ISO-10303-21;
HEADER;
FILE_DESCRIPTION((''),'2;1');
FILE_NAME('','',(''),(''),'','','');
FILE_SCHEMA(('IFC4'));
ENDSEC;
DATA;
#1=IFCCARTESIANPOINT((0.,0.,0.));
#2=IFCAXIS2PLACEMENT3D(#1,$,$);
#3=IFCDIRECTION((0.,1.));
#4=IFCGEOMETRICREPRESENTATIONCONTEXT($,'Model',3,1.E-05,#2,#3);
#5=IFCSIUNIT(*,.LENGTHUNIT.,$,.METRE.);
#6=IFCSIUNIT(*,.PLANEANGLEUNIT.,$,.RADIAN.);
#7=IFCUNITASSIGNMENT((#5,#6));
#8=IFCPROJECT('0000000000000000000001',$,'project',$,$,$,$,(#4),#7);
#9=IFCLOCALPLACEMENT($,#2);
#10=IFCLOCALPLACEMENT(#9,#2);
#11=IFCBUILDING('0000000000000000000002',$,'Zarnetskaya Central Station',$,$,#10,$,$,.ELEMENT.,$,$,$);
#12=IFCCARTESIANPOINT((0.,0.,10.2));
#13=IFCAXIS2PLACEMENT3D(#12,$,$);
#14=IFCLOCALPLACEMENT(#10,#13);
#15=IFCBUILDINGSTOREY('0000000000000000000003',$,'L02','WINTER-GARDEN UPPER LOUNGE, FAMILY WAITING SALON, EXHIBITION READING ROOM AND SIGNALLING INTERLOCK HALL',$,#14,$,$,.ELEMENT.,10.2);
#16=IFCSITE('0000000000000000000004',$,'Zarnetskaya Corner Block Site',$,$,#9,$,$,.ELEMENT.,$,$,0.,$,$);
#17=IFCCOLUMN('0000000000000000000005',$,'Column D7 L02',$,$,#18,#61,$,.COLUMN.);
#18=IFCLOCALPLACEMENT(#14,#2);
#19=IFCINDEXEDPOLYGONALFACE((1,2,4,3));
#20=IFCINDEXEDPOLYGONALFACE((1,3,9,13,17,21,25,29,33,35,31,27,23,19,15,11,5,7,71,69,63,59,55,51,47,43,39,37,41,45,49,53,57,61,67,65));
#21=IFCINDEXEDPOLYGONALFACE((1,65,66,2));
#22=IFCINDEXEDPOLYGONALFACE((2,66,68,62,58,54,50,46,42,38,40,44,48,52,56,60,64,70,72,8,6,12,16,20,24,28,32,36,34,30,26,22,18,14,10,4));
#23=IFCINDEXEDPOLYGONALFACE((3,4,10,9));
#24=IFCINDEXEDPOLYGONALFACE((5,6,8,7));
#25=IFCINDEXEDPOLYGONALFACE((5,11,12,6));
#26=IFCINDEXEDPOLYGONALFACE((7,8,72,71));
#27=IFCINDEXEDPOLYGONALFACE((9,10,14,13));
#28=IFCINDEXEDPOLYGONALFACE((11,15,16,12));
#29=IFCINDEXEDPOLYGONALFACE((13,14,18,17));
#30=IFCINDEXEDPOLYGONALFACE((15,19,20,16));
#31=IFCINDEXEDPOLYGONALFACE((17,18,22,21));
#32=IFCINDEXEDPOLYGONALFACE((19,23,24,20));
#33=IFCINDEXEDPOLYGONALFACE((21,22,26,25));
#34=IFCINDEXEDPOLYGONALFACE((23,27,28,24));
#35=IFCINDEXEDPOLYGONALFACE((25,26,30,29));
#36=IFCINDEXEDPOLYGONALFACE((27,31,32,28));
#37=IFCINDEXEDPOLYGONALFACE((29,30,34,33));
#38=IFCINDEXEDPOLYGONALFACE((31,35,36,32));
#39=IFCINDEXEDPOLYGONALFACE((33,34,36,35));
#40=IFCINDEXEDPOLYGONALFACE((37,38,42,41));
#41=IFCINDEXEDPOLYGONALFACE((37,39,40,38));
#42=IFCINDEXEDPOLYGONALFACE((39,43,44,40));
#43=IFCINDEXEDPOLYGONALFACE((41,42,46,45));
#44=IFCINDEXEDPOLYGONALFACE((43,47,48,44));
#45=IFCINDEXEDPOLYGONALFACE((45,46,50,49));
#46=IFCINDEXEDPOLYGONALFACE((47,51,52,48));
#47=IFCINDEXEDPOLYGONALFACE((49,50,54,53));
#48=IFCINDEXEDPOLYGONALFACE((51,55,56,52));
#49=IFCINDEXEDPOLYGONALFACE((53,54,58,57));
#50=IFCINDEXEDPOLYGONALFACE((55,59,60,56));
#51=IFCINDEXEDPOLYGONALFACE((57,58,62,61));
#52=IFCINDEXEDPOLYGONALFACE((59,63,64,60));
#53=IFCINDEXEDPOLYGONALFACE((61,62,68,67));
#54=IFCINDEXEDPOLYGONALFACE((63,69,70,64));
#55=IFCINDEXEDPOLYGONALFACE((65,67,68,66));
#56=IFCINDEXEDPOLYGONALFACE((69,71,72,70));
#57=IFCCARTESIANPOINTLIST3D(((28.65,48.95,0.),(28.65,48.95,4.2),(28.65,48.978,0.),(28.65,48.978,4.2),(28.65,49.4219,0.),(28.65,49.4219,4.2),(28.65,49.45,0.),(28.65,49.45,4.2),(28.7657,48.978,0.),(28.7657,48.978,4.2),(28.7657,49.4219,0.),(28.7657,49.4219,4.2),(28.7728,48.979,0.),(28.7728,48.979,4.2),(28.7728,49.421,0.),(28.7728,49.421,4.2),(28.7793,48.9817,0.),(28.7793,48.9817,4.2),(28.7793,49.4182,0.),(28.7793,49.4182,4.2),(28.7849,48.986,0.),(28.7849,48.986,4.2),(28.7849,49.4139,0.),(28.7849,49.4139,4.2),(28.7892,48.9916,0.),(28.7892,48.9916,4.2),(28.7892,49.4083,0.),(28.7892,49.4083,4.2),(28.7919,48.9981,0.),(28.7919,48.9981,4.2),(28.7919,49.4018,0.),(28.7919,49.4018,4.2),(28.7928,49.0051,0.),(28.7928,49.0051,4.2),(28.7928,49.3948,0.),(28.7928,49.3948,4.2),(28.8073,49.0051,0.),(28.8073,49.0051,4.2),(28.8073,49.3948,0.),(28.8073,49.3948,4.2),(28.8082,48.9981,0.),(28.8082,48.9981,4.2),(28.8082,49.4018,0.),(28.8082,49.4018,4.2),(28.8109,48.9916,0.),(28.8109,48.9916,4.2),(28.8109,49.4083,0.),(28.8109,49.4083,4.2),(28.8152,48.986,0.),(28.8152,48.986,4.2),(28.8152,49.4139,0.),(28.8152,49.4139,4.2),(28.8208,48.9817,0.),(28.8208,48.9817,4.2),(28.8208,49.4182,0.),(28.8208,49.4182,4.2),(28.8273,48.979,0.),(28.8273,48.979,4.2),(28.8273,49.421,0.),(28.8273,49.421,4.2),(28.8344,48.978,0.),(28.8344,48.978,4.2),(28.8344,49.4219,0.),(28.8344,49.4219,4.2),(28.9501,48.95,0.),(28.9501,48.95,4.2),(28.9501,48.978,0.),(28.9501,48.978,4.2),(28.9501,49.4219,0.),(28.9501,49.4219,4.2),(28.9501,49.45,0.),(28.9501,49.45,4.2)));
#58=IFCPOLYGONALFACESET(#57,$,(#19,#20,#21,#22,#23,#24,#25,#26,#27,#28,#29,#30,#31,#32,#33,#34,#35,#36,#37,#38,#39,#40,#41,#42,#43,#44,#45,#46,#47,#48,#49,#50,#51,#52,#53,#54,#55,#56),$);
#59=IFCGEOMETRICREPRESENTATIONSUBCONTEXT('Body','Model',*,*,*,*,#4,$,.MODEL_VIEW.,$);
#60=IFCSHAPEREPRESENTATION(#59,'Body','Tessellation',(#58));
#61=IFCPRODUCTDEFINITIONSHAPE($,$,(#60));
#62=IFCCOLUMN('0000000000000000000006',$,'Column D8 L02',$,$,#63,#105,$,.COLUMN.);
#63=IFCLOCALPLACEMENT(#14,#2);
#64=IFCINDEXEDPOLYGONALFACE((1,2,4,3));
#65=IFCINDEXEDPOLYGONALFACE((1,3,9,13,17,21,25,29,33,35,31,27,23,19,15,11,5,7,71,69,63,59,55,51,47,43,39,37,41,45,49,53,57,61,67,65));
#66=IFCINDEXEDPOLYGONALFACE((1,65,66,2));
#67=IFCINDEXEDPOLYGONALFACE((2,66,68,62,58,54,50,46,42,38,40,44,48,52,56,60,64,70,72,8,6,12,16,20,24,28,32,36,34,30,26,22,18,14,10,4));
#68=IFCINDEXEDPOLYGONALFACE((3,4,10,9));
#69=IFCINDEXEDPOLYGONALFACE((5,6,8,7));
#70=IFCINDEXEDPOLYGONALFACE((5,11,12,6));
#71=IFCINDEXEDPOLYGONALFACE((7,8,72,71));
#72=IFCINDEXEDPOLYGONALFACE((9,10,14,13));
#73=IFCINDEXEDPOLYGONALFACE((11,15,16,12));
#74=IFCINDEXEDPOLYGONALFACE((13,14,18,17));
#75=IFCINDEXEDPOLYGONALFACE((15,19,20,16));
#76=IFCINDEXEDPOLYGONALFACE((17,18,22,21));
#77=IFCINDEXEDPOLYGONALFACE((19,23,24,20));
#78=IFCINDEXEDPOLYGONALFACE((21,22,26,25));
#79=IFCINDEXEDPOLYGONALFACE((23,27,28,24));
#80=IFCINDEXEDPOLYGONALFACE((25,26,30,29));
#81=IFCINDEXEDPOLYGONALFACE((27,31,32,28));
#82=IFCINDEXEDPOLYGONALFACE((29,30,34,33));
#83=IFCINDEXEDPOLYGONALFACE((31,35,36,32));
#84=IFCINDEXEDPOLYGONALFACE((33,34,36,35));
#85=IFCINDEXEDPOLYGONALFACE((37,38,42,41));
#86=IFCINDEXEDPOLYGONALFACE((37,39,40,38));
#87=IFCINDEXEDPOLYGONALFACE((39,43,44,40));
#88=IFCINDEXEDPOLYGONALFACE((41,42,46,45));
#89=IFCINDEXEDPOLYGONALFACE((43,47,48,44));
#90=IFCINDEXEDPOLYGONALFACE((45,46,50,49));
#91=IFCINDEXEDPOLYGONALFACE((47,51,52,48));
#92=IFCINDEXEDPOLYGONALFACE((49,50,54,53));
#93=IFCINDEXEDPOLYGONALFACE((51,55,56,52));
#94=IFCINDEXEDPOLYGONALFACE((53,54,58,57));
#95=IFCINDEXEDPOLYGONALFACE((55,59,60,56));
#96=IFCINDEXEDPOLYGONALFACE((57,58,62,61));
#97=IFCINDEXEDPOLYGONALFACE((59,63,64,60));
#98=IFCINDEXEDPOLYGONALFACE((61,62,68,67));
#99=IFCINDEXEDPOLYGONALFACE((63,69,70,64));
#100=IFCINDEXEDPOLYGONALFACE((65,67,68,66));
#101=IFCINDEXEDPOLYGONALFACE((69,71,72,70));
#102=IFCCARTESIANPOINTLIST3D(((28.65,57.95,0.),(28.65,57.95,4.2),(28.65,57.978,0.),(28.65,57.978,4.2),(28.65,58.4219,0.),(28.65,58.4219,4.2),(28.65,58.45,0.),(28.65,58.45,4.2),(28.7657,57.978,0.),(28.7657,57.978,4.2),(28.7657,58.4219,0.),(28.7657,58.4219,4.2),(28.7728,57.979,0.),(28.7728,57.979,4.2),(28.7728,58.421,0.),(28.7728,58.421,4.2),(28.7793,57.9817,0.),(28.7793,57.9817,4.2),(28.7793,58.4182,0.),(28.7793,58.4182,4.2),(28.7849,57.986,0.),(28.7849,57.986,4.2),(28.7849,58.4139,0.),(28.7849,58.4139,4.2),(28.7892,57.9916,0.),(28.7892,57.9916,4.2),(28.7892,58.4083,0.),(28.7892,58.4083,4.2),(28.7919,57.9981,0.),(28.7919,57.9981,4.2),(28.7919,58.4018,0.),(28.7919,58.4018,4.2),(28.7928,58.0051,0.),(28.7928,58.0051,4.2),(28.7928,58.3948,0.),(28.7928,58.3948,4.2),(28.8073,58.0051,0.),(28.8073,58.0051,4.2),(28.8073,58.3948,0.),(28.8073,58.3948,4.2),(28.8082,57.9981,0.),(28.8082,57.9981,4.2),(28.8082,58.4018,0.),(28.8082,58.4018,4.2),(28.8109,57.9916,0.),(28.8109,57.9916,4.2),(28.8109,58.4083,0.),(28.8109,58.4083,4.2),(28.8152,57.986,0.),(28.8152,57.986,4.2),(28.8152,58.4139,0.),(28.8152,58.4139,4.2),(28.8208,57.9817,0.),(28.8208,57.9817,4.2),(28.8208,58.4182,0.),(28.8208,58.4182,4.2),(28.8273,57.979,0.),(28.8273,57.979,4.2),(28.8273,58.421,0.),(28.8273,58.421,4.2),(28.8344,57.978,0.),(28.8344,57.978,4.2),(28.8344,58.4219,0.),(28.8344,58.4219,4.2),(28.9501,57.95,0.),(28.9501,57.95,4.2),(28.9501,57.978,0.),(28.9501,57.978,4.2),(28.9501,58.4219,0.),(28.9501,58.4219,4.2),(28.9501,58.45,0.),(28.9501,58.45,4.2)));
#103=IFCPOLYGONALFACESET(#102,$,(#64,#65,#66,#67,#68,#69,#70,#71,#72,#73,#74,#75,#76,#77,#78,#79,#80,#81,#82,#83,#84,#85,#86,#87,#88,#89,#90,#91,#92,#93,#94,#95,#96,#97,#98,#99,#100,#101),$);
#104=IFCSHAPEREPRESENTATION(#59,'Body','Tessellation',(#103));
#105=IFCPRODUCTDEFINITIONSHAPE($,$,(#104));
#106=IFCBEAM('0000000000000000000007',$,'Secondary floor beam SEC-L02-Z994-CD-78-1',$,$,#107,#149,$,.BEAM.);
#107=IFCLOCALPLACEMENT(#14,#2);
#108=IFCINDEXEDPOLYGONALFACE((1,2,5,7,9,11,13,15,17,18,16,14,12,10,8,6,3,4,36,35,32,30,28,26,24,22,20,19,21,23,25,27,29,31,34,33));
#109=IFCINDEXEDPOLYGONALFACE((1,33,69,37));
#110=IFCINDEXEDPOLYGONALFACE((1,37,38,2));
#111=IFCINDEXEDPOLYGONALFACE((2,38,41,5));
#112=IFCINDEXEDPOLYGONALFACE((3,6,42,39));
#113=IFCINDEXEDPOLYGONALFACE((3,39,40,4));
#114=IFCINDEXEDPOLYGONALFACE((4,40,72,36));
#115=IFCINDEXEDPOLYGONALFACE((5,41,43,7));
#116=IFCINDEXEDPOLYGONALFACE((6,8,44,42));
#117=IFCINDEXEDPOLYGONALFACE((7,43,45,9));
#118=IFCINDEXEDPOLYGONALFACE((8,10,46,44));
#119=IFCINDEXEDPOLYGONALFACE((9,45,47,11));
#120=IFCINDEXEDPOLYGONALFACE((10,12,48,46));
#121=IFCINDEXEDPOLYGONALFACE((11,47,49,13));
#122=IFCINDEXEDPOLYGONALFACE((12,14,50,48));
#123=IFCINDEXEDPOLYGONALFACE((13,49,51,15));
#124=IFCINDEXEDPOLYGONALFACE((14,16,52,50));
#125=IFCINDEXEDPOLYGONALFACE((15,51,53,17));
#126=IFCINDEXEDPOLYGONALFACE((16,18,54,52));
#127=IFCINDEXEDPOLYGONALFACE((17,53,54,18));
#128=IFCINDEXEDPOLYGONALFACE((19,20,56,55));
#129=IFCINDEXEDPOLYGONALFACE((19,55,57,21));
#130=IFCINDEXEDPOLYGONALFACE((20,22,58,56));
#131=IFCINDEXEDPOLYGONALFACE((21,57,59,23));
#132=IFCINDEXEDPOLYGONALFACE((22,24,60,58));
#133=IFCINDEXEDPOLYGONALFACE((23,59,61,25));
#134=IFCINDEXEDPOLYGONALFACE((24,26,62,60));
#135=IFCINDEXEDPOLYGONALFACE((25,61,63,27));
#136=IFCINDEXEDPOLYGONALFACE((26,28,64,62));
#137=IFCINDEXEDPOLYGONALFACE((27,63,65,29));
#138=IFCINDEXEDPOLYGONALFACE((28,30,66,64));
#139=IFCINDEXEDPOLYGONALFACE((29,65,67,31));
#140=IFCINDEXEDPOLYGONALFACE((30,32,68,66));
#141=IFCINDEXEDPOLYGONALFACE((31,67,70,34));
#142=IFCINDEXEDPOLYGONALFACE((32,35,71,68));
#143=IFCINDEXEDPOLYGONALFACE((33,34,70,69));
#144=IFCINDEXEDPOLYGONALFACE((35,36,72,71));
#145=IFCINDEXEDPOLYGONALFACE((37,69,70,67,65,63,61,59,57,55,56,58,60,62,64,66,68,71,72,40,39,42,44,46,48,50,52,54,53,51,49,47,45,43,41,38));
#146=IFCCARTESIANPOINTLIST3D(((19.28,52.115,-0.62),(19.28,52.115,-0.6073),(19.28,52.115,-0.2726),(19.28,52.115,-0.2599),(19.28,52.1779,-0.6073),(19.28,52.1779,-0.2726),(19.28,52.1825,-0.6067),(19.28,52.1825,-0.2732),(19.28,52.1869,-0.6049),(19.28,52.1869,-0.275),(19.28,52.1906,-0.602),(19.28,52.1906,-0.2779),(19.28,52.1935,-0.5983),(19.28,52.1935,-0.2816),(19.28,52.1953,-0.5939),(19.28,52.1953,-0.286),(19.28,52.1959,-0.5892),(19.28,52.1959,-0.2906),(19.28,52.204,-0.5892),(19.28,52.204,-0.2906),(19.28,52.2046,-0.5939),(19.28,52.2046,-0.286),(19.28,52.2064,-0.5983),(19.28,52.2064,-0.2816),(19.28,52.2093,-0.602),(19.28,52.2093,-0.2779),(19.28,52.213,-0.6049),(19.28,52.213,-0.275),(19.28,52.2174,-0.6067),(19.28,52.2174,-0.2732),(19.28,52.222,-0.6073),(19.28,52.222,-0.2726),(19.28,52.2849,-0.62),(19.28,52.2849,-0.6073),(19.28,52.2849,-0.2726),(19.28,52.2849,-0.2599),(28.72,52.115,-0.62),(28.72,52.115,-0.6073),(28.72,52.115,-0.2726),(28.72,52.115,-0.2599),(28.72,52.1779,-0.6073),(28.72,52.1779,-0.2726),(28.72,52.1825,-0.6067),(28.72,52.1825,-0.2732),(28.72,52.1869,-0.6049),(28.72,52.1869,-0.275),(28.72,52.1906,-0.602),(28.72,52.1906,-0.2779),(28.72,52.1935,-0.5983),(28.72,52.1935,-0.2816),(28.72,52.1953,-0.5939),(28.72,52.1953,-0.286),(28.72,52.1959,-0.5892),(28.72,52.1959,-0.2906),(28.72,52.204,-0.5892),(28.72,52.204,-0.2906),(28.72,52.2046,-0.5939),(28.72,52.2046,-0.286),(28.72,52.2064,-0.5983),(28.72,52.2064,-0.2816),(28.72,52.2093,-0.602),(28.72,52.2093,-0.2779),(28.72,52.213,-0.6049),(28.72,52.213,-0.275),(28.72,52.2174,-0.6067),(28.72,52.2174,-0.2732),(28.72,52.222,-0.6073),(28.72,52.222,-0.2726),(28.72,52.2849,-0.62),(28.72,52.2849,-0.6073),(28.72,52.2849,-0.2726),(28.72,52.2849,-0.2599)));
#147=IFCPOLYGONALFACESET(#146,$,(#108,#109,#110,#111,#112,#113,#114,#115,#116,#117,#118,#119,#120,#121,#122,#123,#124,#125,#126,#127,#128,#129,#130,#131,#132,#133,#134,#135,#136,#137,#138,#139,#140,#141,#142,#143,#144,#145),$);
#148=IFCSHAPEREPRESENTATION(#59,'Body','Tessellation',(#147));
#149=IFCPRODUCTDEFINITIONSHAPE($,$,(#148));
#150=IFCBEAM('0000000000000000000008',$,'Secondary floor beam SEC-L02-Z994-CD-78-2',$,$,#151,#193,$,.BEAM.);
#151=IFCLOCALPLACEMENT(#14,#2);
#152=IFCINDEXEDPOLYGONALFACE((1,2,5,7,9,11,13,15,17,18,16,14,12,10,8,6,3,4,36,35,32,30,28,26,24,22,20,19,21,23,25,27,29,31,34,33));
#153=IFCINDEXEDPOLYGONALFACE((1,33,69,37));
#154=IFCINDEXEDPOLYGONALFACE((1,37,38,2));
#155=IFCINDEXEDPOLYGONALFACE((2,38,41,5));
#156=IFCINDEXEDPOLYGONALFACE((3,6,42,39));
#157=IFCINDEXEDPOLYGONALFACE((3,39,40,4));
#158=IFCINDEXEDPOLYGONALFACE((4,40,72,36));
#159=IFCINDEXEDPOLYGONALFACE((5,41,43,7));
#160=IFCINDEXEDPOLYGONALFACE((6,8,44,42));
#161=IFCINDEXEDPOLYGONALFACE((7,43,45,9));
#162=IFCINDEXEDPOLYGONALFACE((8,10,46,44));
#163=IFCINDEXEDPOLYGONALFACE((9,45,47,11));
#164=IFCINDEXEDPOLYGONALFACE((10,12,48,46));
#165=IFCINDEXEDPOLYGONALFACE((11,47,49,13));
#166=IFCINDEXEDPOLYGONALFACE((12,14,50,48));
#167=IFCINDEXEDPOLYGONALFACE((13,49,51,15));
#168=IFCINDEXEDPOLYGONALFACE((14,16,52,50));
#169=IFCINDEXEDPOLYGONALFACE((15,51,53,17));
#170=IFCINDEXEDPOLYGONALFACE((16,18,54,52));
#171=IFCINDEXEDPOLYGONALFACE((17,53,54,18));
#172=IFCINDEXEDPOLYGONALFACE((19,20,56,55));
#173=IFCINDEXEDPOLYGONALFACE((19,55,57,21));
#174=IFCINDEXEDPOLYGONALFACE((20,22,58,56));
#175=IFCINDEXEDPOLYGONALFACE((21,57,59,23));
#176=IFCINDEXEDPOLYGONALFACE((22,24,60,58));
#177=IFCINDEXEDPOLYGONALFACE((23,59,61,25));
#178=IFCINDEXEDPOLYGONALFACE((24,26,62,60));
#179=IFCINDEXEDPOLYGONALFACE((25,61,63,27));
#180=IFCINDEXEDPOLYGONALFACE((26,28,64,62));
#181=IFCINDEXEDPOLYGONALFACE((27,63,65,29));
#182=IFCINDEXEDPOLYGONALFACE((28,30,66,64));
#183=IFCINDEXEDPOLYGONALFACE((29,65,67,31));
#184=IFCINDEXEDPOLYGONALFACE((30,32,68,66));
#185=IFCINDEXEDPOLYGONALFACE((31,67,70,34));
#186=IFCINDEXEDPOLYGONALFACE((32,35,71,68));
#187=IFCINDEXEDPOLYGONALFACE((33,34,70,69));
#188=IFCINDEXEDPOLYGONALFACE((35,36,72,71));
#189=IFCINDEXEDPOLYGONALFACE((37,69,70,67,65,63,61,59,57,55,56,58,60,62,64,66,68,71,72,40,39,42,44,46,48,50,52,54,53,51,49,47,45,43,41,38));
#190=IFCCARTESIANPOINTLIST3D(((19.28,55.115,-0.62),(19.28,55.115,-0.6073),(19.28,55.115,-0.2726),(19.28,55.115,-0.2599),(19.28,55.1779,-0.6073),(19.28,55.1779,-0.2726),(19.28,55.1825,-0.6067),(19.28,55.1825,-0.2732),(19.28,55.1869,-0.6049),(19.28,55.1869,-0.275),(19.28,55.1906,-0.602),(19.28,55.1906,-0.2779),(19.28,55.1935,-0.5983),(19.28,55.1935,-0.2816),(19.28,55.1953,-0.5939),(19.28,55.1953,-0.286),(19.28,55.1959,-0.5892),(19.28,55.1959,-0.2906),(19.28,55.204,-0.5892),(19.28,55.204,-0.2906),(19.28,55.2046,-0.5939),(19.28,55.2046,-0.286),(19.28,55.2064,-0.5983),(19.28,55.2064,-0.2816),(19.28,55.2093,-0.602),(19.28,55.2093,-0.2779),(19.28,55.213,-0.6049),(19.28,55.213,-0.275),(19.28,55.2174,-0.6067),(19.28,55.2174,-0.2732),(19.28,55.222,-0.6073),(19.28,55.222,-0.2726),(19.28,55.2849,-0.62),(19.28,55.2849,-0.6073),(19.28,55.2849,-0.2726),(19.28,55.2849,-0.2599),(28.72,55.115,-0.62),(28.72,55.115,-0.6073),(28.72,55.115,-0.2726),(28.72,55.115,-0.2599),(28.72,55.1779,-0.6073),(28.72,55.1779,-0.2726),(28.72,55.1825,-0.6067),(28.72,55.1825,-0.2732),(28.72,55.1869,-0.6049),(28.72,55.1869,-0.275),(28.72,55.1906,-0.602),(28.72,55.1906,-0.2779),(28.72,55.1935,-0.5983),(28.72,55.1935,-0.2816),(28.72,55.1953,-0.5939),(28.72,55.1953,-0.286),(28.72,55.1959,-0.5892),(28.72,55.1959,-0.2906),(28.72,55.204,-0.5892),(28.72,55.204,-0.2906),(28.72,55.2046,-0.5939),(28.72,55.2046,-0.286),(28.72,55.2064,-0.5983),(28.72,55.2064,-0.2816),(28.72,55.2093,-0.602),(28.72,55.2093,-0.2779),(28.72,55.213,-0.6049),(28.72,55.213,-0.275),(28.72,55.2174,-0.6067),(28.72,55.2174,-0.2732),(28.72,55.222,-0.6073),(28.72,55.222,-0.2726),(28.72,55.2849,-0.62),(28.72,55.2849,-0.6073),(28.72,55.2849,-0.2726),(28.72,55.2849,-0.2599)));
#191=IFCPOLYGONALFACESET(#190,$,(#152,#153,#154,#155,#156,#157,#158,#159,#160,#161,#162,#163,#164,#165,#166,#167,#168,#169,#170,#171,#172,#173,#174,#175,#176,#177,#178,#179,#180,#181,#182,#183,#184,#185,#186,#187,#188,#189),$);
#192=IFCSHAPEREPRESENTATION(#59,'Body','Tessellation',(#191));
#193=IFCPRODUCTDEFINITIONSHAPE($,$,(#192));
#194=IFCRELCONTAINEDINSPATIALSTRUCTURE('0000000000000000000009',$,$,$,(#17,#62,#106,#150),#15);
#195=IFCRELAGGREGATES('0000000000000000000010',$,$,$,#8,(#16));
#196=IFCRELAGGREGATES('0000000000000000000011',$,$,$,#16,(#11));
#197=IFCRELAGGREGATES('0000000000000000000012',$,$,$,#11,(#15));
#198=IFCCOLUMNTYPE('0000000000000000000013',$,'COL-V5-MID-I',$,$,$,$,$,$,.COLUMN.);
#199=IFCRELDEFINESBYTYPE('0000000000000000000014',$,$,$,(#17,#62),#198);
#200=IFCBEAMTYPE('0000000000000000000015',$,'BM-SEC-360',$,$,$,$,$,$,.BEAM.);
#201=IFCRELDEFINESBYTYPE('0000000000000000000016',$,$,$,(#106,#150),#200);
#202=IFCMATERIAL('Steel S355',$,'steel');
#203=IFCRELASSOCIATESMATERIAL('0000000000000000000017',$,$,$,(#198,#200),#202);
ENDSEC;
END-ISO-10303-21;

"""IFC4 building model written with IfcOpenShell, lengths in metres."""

from ifc_helpers import new_model, si_unit, direction, frame, origin, origin_2d, place, context, subcontext, project, spatial, i_section, extrude, material, material_profile, profile_set, type_object, element, save


model = new_model("IFC4")

# Units and contexts
model_context = context("Model", 3, precision=1e-05, world=origin(), true_north=direction((0.0, 1.0)))
body_context = subcontext(model_context, "Body", "Model", "MODEL_VIEW")
ifc_project = project(units=[si_unit("LENGTHUNIT", "METRE"), si_unit("PLANEANGLEUNIT", "RADIAN")], contexts=[model_context])

# Site, building, storey
site_placement = place(None, origin())
site = spatial("IfcSite", under=ifc_project, at=site_placement, Name="Zarnetskaya Corner Block Site", CompositionType="ELEMENT", RefElevation=0.0)
building_placement = place(site_placement, origin())
building = spatial("IfcBuilding", under=site, at=building_placement, Name="Zarnetskaya Central Station", CompositionType="ELEMENT")
storey_placement = place(building_placement, frame((0.0, 0.0, 10.2)))
storey = spatial("IfcBuildingStorey", under=building, at=storey_placement, Name="L02", Description="WINTER-GARDEN UPPER LOUNGE, FAMILY WAITING SALON, EXHIBITION READING ROOM AND SIGNALLING INTERLOCK HALL", CompositionType="ELEMENT", Elevation=10.2)

# Columns
ifc_material_1 = material(Name="Steel S355", Category="steel")
ifc_material_profile_1 = material_profile(ifc_material_1, i_section(OverallWidth=0.3, OverallDepth=0.5, WebThickness=0.0144, FlangeThickness=0.0281, FilletRadius=0.0271, at=origin_2d()), Name="HEB 500")
ifc_profile_set_1 = profile_set([ifc_material_profile_1], Name="Steel S355")
column_type = type_object("IfcColumnType", Name="COL-V5-MID-I", PredefinedType="COLUMN", material=ifc_profile_set_1)
for number, where, z_axis, x_axis, name in (
    (1, (28.8, 49.2, 0.0), (0.0, 0.0, 1.0), (1.0, 0.0, 0.0), "Column D7 L02"),
    (2, (28.8, 58.2, 0.0), (0.0, 0.0, 1.0), (1.0, 0.0, 0.0), "Column D8 L02"),
):
    element("IfcColumn", number, at=place(storey_placement, frame(where, z_axis=z_axis, x_axis=x_axis)), inside=storey, type_object=column_type, Name=name, PredefinedType="COLUMN", context=body_context, shape_type="SweptSolid", body=[
        extrude(i_section(OverallWidth=0.3, OverallDepth=0.5, WebThickness=0.0144, FlangeThickness=0.0281, FilletRadius=0.0271, at=origin_2d()), origin(), (0.0, 0.0, 1.0), 4.2),
    ])

# Beams
ifc_material_profile_2 = material_profile(ifc_material_1, i_section(OverallWidth=0.1699, OverallDepth=0.3601, WebThickness=0.0081, FlangeThickness=0.0127, FilletRadius=0.0181, at=origin_2d()), Name="IPE 360")
ifc_profile_set_2 = profile_set([ifc_material_profile_2], Name="Steel S355")
beam_type_1 = type_object("IfcBeamType", Name="BM-SEC-360", PredefinedType="BEAM", material=ifc_profile_set_2)
for number, where, z_axis, x_axis, name in (
    (3, (19.28, 52.2, -0.4399), (1.0, 0.0, 0.0), (0.0, 1.0, 0.0), "Secondary floor beam SEC-L02-Z994-CD-78-1"),
    (4, (19.28, 55.2, -0.4399), (1.0, 0.0, 0.0), (0.0, 1.0, 0.0), "Secondary floor beam SEC-L02-Z994-CD-78-2"),
):
    element("IfcBeam", number, at=place(storey_placement, frame(where, z_axis=z_axis, x_axis=x_axis)), inside=storey, type_object=beam_type_1, Name=name, PredefinedType="BEAM", context=body_context, shape_type="SweptSolid", body=[
        extrude(i_section(OverallWidth=0.1699, OverallDepth=0.3601, WebThickness=0.0081, FlangeThickness=0.0127, FilletRadius=0.0181, at=origin_2d()), origin(), (0.0, 0.0, 1.0), 9.4399),
    ])

save(model, "model.ifc")
